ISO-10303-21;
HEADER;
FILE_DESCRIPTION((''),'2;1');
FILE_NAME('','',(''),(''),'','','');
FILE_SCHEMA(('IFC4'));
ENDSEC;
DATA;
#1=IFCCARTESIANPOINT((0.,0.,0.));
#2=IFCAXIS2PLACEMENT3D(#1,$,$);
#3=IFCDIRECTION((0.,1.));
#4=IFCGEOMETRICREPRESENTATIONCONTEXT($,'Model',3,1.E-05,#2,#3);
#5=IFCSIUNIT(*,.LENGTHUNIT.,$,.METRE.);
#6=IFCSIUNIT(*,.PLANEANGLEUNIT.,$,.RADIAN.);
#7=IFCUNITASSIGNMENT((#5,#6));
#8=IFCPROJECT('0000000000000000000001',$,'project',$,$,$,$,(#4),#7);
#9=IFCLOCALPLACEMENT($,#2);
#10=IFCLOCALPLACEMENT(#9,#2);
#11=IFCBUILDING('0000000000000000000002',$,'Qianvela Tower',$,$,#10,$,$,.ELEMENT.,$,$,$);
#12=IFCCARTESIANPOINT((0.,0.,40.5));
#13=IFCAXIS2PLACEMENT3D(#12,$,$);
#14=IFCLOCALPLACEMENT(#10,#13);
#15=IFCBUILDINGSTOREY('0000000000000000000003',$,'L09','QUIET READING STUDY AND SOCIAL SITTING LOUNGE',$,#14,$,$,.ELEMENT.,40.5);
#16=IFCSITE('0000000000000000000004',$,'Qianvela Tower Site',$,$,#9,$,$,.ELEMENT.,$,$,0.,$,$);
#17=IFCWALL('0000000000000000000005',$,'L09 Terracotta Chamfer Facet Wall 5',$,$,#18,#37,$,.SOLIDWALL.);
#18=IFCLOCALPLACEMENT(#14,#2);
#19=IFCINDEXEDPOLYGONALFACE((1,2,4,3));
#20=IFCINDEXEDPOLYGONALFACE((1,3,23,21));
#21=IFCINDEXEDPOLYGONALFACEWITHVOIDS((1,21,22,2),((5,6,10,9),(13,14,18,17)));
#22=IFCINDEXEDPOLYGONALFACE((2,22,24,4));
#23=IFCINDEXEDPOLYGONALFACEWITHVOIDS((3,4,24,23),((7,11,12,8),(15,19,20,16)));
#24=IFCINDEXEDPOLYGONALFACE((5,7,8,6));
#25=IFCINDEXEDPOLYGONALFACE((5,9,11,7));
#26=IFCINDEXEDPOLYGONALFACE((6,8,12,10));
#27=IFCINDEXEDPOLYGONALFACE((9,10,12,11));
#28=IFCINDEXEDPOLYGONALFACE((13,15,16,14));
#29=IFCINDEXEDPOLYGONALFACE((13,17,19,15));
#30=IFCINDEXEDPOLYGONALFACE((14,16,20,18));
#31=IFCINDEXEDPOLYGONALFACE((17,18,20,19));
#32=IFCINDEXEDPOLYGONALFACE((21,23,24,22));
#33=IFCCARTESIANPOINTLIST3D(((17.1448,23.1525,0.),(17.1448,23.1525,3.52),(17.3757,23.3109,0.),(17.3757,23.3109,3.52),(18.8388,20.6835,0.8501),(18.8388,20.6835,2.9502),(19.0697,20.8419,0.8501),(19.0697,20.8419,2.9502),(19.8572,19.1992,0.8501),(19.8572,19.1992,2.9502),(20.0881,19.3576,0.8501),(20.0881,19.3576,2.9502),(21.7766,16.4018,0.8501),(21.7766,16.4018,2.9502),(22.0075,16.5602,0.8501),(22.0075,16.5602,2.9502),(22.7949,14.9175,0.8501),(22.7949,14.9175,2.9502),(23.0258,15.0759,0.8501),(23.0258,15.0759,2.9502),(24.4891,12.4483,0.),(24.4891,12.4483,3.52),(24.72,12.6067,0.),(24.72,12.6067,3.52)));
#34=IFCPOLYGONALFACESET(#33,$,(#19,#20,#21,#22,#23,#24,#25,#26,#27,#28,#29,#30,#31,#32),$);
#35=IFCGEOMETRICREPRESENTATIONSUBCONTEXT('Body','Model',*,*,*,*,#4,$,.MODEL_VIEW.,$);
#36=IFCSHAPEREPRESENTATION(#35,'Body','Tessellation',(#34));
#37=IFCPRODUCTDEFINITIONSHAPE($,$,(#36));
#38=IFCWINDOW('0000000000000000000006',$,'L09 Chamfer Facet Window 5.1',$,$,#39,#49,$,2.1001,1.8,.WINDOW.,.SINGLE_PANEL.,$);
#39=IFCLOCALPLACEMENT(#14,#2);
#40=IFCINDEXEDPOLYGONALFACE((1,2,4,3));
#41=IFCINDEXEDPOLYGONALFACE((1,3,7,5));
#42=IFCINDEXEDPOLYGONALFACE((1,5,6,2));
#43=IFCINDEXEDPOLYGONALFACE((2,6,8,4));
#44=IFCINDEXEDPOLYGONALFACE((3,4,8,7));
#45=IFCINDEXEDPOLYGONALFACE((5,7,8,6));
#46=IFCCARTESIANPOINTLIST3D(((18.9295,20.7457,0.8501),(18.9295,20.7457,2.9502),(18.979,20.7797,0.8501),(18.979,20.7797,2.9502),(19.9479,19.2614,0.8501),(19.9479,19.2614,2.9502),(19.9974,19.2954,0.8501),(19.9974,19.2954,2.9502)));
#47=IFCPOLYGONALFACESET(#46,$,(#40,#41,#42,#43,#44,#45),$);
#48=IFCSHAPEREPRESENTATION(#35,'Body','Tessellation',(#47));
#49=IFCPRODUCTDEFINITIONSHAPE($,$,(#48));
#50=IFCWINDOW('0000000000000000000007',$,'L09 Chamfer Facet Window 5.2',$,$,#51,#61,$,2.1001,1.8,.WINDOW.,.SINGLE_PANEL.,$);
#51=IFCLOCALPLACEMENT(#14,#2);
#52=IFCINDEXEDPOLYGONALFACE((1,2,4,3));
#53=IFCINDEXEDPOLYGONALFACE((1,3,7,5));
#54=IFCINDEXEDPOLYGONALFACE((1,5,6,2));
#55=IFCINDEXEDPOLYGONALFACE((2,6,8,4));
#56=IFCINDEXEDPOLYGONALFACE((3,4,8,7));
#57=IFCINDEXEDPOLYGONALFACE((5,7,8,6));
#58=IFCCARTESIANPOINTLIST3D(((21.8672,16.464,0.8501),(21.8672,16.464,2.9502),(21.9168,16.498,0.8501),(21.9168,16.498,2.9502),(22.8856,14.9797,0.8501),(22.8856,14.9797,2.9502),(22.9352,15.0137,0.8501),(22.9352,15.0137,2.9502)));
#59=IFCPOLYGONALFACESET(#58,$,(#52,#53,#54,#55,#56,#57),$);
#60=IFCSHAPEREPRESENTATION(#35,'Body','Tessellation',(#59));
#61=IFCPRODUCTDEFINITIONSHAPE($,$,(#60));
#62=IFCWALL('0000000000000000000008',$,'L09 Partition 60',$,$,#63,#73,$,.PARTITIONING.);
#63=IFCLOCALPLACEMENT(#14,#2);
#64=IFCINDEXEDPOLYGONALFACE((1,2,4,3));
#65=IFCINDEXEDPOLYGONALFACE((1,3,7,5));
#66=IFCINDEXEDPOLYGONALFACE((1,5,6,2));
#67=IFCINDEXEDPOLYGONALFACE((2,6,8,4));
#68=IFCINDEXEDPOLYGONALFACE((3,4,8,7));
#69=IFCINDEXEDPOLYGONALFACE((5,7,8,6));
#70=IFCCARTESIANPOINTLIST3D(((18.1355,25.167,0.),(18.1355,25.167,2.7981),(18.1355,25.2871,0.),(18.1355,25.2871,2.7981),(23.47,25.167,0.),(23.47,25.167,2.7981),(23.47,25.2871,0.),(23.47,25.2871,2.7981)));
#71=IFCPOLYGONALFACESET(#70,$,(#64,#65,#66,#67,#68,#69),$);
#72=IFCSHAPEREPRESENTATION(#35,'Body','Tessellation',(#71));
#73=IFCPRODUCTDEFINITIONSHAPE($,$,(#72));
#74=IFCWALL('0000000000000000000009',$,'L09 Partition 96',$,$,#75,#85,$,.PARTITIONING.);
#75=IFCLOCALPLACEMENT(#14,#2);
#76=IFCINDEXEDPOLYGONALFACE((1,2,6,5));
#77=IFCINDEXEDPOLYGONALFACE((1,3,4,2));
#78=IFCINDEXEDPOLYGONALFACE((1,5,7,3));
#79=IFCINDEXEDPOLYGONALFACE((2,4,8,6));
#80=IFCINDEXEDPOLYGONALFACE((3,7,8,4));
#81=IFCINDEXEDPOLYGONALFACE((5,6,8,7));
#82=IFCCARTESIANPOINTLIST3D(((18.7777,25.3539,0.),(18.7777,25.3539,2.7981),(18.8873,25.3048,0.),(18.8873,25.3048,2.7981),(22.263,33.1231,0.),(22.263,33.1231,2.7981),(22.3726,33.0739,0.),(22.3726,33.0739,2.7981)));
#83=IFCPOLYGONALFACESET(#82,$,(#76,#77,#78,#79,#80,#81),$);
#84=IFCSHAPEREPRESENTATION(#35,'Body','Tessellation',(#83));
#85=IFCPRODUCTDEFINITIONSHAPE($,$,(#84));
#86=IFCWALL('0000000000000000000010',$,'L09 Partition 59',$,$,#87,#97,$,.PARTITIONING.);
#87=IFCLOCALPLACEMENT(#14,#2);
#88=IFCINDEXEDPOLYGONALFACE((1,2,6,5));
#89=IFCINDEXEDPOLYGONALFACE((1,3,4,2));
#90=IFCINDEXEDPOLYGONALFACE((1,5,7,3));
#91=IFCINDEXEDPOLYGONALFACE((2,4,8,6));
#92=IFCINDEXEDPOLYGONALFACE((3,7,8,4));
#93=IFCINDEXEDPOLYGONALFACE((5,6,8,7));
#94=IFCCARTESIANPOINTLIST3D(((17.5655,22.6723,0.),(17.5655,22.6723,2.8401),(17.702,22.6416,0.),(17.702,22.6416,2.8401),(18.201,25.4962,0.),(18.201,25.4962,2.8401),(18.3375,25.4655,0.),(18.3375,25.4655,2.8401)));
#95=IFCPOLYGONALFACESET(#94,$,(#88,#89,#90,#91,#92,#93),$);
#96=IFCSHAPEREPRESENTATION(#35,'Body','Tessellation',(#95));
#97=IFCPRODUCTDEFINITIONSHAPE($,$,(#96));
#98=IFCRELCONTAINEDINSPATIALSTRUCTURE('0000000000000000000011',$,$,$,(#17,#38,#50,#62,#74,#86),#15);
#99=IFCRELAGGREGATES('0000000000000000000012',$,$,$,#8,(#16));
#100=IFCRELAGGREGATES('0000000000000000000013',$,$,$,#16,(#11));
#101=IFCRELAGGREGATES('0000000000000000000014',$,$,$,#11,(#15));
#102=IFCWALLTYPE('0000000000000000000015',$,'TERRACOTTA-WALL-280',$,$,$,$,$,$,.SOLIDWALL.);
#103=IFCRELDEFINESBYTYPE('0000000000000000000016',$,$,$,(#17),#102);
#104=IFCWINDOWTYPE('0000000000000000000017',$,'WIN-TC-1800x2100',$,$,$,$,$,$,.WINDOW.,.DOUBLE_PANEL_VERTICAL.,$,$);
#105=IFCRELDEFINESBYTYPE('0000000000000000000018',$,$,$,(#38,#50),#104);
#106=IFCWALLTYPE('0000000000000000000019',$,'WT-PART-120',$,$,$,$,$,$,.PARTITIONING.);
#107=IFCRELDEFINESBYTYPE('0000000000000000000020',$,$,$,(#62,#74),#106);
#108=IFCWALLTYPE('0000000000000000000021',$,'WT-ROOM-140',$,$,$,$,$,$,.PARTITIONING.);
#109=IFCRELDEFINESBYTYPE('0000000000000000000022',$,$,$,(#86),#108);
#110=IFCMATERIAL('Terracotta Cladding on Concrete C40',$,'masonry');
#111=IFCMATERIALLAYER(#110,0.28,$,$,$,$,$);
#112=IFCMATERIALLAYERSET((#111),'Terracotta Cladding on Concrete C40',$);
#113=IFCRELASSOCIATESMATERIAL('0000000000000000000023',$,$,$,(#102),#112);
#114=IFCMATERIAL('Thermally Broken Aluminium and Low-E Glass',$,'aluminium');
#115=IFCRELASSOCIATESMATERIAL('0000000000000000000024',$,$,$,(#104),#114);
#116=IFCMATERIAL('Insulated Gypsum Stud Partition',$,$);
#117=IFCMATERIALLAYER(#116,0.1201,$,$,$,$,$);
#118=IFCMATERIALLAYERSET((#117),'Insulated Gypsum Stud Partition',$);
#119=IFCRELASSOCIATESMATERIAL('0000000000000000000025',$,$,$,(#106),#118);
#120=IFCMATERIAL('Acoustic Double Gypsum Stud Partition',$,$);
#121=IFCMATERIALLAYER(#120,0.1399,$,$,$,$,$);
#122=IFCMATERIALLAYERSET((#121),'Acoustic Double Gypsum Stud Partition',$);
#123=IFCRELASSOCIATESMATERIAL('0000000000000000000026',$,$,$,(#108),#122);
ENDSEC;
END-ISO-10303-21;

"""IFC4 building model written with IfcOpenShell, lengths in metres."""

from ifc_helpers import new_model, si_unit, direction, frame, frame_2d, origin, place, context, subcontext, project, spatial, rectangle, extrude, material, layer, layer_set, type_object, element, fill, save


model = new_model("IFC4")

# Units and contexts
model_context = context("Model", 3, precision=1e-05, world=origin(), true_north=direction((0.0, 1.0)))
body_context = subcontext(model_context, "Body", "Model", "MODEL_VIEW")
ifc_project = project(units=[si_unit("LENGTHUNIT", "METRE"), si_unit("PLANEANGLEUNIT", "RADIAN")], contexts=[model_context])

# Site, building, storey
site_placement = place(None, origin())
site = spatial("IfcSite", under=ifc_project, at=site_placement, Name="Qianvela Tower Site", CompositionType="ELEMENT", RefElevation=0.0)
building_placement = place(site_placement, origin())
building = spatial("IfcBuilding", under=site, at=building_placement, Name="Qianvela Tower", CompositionType="ELEMENT")
storey_placement = place(building_placement, frame((0.0, 0.0, 40.5)))
storey = spatial("IfcBuildingStorey", under=building, at=storey_placement, Name="L09", Description="QUIET READING STUDY AND SOCIAL SITTING LOUNGE", CompositionType="ELEMENT", Elevation=40.5)

# Wall, openings, windows
ifc_material_1 = material(Name="Terracotta Cladding on Concrete C40", Category="masonry")
ifc_layer_1 = layer(ifc_material_1, 0.28)
ifc_layer_set_1 = layer_set([ifc_layer_1], Name="Terracotta Cladding on Concrete C40")
wall_type_1 = type_object("IfcWallType", Name="TERRACOTTA-WALL-280", PredefinedType="SOLIDWALL", material=ifc_layer_set_1)
wall_1_placement = place(storey_placement, frame((17.2603, 23.2317, 0.0), z_axis=(0.0, 0.0, 1.0), x_axis=(0.565753, -0.824575, 0.0)))
wall_1 = element("IfcWall", 1, at=wall_1_placement, inside=storey, type_object=wall_type_1, Name="L09 Terracotta Chamfer Facet Wall 5", PredefinedType="SOLIDWALL", context=body_context, shape_type="SweptSolid", body=[
    extrude(rectangle(XDim=12.9814, YDim=0.28, at=frame_2d((6.4907, 0.0))), origin(), (0.0, 0.0, 1.0), 3.52),
])
opening_1_placement = place(wall_1_placement, frame((2.9944, 0.0, 0.8501)))
opening_1 = element("IfcOpeningElement", 2, at=opening_1_placement, cuts=wall_1, PredefinedType="OPENING", context=body_context, shape_type="SweptSolid", body=[
    extrude(rectangle(XDim=1.8, YDim=2.1001, at=frame_2d((0.8999, 1.05))), frame((0.0, 0.1499, 0.0), z_axis=(0.0, -1.0, 0.0), x_axis=(1.0, 0.0, 0.0)), (0.0, 0.0, 1.0), 0.3),
])
opening_2_placement = place(wall_1_placement, frame((8.187, 0.0, 0.8501)))
opening_2 = element("IfcOpeningElement", 3, at=opening_2_placement, cuts=wall_1, PredefinedType="OPENING", context=body_context, shape_type="SweptSolid", body=[
    extrude(rectangle(XDim=1.8, YDim=2.1001, at=frame_2d((0.8999, 1.05))), frame((0.0, 0.1499, 0.0), z_axis=(0.0, -1.0, 0.0), x_axis=(1.0, 0.0, 0.0)), (0.0, 0.0, 1.0), 0.3),
])
ifc_material_2 = material(Name="Thermally Broken Aluminium and Low-E Glass", Category="aluminium")
window_type = type_object("IfcWindowType", Name="WIN-TC-1800x2100", PartitioningType="DOUBLE_PANEL_VERTICAL", PredefinedType="WINDOW", material=ifc_material_2)
window_1_placement = place(opening_1_placement, origin())
window_1 = element("IfcWindow", 4, at=window_1_placement, inside=storey, type_object=window_type, Name="L09 Chamfer Facet Window 5.1", OverallHeight=2.1001, OverallWidth=1.8, PartitioningType="SINGLE_PANEL", PredefinedType="WINDOW", context=body_context, shape_type="SweptSolid", body=[
    extrude(rectangle(XDim=1.8, YDim=2.1001, at=frame_2d((0.8999, 1.05))), frame((0.0, 0.03, 0.0), z_axis=(0.0, -1.0, 0.0), x_axis=(1.0, 0.0, 0.0)), (0.0, 0.0, 1.0), 0.0601),
])
fill(opening_1, window_1)
window_2_placement = place(opening_2_placement, origin())
window_2 = element("IfcWindow", 5, at=window_2_placement, inside=storey, type_object=window_type, Name="L09 Chamfer Facet Window 5.2", OverallHeight=2.1001, OverallWidth=1.8, PartitioningType="SINGLE_PANEL", PredefinedType="WINDOW", context=body_context, shape_type="SweptSolid", body=[
    extrude(rectangle(XDim=1.8, YDim=2.1001, at=frame_2d((0.8999, 1.05))), frame((0.0, 0.03, 0.0), z_axis=(0.0, -1.0, 0.0), x_axis=(1.0, 0.0, 0.0)), (0.0, 0.0, 1.0), 0.0601),
])
fill(opening_2, window_2)

# Walls
ifc_material_3 = material(Name="Insulated Gypsum Stud Partition")
ifc_layer_2 = layer(ifc_material_3, 0.1201)
ifc_layer_set_2 = layer_set([ifc_layer_2], Name="Insulated Gypsum Stud Partition")
wall_type_2 = type_object("IfcWallType", Name="WT-PART-120", PredefinedType="PARTITIONING", material=ifc_layer_set_2)
wall_2_placement = place(storey_placement, frame((18.1355, 25.2271, 0.0), z_axis=(0.0, 0.0, 1.0), x_axis=(1.0, 0.0, 0.0)))
element("IfcWall", 6, at=wall_2_placement, inside=storey, type_object=wall_type_2, Name="L09 Partition 60", PredefinedType="PARTITIONING", context=body_context, shape_type="SweptSolid", body=[
    extrude(rectangle(XDim=5.3345, YDim=0.1201, at=frame_2d((2.6672, 0.0))), origin(), (0.0, 0.0, 1.0), 2.7981),
])
wall_3_placement = place(storey_placement, frame((18.8325, 25.3293, 0.0), z_axis=(0.0, 0.0, 1.0), x_axis=(0.409307, 0.912397, 0.0)))
element("IfcWall", 7, at=wall_3_placement, inside=storey, type_object=wall_type_2, Name="L09 Partition 96", PredefinedType="PARTITIONING", context=body_context, shape_type="SweptSolid", body=[
    extrude(rectangle(XDim=8.5151, YDim=0.1201, at=frame_2d((4.2576, 0.0))), origin(), (0.0, 0.0, 1.0), 2.7981),
])
ifc_material_4 = material(Name="Acoustic Double Gypsum Stud Partition")
ifc_layer_3 = layer(ifc_material_4, 0.1399)
ifc_layer_set_3 = layer_set([ifc_layer_3], Name="Acoustic Double Gypsum Stud Partition")
wall_type_3 = type_object("IfcWallType", Name="WT-ROOM-140", PredefinedType="PARTITIONING", material=ifc_layer_set_3)
wall_4_placement = place(storey_placement, frame((17.6338, 22.657, 0.0), z_axis=(0.0, 0.0, 1.0), x_axis=(0.219546, 0.975602, 0.0)))
element("IfcWall", 8, at=wall_4_placement, inside=storey, type_object=wall_type_3, Name="L09 Partition 59", PredefinedType="PARTITIONING", context=body_context, shape_type="SweptSolid", body=[
    extrude(rectangle(XDim=2.8945, YDim=0.1399, at=frame_2d((1.4473, 0.0))), origin(), (0.0, 0.0, 1.0), 2.8401),
])

save(model, "model.ifc")
